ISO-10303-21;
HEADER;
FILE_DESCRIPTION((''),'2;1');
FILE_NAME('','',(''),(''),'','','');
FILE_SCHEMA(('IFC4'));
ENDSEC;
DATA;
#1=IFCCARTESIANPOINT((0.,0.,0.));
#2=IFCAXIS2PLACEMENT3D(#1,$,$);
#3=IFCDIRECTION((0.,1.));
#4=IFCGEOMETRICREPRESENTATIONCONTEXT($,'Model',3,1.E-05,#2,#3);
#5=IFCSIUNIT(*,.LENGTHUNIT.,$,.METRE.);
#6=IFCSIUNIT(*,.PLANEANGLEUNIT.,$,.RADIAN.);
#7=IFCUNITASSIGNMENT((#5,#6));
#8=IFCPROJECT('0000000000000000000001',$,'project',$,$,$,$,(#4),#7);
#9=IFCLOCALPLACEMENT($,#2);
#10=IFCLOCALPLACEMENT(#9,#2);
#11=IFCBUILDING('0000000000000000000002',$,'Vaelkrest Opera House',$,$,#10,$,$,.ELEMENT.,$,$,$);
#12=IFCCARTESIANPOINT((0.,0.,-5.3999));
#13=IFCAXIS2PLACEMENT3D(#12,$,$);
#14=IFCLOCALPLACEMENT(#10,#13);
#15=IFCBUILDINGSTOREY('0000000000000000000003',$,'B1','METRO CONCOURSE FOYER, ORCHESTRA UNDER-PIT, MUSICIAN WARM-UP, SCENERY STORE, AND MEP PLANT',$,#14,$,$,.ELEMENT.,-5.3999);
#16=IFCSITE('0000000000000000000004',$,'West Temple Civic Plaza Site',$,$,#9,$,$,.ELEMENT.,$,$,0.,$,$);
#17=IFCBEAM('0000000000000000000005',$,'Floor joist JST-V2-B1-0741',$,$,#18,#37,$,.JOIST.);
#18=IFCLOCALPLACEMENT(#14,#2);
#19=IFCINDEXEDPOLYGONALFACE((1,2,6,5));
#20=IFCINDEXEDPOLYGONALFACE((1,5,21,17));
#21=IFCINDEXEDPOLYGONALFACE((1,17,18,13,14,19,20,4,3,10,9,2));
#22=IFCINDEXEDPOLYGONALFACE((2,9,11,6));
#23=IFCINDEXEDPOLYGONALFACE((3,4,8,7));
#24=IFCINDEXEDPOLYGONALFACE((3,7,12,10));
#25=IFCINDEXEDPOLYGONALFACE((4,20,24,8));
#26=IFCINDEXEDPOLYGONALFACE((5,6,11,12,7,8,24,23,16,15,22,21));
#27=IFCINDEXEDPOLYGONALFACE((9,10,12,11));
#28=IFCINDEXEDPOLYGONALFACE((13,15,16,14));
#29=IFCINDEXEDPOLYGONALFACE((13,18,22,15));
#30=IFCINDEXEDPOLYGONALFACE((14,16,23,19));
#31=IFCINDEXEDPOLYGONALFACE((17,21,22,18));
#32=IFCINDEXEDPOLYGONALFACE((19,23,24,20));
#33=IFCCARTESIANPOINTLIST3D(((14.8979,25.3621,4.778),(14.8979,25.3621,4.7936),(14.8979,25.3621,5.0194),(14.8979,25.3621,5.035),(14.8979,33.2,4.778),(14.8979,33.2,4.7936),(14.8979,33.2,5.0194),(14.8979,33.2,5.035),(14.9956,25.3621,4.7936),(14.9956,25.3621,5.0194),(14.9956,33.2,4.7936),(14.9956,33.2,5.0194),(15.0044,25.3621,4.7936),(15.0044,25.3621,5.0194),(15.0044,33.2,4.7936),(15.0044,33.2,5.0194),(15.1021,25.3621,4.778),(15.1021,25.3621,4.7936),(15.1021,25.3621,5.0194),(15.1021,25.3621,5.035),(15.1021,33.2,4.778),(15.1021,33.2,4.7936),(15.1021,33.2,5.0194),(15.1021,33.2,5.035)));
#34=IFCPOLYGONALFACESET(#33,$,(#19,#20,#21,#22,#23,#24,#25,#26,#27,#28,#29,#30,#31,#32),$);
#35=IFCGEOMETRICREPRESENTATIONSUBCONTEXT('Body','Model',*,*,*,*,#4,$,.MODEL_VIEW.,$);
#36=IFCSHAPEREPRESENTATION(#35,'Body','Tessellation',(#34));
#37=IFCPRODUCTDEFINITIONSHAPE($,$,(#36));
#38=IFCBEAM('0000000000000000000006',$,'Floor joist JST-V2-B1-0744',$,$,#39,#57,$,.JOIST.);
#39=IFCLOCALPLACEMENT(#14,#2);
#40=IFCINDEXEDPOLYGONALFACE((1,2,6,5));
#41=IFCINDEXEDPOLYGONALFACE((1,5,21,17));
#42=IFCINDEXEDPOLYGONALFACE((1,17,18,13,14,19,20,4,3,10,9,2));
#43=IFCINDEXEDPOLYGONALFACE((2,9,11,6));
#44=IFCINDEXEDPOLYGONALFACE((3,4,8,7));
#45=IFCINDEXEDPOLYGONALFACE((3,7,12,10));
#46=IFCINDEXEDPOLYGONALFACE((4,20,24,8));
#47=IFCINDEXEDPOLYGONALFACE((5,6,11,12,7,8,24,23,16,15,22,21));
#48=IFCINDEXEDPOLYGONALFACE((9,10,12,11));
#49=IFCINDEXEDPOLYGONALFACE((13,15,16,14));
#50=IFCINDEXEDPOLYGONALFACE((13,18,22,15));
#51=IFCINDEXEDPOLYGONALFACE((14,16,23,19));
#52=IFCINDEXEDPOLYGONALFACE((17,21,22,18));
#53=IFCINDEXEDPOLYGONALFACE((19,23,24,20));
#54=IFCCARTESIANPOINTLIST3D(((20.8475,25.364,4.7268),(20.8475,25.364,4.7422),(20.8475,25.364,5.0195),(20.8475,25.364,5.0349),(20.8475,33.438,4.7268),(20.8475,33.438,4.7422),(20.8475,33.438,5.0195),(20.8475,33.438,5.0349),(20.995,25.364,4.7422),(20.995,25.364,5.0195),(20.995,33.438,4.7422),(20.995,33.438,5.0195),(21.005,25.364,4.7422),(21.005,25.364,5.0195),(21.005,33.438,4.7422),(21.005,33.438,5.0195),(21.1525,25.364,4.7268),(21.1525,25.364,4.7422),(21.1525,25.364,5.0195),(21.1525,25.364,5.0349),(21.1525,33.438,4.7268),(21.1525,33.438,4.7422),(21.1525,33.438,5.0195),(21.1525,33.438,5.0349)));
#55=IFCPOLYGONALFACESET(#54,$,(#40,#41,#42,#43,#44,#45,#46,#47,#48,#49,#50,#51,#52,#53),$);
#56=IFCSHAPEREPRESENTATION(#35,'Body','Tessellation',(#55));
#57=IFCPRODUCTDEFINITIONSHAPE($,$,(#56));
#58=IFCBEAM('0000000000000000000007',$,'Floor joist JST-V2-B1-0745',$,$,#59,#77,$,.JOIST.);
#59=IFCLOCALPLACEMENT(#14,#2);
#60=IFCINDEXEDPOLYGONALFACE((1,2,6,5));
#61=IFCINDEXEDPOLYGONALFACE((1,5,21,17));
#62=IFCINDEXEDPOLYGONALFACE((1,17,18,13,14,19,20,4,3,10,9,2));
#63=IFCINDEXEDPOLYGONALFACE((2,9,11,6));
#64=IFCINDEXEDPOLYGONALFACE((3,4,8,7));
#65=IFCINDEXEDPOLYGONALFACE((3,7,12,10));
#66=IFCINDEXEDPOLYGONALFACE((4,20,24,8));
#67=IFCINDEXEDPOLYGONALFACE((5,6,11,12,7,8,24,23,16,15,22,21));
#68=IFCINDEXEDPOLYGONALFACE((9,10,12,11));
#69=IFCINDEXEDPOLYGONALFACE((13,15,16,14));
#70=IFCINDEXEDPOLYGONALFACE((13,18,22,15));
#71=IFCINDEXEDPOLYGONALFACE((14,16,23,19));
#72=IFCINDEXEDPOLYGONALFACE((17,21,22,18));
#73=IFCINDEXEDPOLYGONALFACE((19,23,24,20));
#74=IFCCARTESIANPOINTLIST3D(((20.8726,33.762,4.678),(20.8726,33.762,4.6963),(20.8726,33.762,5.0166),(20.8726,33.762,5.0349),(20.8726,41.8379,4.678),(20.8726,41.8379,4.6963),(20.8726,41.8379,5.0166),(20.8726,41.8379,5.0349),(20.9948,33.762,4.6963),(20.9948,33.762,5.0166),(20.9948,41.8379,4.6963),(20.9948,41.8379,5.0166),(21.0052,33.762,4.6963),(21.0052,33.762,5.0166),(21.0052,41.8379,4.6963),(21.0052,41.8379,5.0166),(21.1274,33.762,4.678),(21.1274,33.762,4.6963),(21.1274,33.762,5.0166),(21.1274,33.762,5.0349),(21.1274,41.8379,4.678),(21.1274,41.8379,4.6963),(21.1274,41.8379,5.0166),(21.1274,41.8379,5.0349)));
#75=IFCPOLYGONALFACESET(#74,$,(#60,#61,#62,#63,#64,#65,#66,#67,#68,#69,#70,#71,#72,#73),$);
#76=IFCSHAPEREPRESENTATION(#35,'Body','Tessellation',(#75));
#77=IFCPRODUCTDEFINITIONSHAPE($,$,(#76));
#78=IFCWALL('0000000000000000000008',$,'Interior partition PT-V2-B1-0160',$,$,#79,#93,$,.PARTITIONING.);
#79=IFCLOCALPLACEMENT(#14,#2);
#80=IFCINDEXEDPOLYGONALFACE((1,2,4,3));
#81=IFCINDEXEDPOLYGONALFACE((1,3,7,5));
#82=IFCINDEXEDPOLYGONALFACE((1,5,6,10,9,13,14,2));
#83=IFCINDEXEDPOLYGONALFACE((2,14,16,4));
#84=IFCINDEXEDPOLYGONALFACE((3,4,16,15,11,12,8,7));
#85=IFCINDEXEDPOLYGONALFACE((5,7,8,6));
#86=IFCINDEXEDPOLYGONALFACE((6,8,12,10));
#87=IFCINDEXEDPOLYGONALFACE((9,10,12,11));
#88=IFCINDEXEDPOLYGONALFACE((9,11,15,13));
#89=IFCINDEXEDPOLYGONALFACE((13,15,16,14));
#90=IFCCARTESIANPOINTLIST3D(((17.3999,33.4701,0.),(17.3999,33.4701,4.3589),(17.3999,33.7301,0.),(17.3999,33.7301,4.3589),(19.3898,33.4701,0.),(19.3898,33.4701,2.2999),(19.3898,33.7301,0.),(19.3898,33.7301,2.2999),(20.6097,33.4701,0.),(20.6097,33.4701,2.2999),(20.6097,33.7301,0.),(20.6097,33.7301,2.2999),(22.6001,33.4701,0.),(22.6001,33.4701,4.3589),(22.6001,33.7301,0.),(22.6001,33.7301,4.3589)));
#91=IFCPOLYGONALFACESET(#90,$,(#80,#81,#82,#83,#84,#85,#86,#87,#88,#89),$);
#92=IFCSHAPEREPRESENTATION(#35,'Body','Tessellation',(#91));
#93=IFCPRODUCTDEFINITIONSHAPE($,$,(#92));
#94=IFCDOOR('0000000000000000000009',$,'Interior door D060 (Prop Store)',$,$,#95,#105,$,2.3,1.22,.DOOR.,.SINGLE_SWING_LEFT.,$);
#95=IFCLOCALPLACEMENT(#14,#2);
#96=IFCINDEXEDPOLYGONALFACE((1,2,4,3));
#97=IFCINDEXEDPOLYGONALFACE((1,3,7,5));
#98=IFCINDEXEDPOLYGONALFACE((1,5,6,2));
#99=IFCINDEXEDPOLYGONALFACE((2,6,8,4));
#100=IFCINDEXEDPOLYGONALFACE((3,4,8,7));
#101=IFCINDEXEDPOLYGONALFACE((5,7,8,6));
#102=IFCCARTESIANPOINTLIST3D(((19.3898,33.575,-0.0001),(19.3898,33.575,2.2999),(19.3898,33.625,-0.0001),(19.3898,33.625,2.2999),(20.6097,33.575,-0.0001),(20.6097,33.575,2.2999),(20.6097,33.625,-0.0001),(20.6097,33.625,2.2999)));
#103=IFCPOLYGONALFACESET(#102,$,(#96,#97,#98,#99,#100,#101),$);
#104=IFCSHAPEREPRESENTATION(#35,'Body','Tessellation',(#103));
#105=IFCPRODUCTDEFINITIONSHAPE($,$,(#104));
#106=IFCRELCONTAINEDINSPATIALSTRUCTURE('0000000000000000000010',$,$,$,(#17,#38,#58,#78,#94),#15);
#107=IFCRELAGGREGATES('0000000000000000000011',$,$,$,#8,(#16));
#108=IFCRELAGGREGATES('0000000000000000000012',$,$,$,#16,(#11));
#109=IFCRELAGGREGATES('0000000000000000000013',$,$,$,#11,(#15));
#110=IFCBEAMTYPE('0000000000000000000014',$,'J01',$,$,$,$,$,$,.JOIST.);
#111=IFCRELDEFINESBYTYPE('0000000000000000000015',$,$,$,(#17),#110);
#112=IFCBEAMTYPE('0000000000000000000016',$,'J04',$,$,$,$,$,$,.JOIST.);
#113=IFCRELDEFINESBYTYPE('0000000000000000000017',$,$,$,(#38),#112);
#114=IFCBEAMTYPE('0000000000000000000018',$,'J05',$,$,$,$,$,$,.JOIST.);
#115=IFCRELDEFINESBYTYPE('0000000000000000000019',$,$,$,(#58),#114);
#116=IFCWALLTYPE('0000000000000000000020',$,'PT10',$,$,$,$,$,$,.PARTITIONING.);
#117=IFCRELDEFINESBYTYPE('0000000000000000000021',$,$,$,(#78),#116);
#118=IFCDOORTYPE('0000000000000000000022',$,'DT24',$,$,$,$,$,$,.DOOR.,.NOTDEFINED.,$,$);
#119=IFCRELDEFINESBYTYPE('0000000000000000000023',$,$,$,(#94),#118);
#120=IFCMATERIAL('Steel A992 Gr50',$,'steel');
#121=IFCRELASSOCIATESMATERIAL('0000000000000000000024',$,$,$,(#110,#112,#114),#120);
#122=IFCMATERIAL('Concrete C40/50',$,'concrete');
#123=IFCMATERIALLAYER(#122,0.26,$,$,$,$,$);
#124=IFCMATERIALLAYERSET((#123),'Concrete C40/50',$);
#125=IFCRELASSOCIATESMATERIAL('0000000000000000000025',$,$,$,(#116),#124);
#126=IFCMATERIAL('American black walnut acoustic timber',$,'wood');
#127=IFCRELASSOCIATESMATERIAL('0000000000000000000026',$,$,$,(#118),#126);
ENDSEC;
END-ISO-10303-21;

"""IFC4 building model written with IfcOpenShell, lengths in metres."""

from ifc_helpers import new_model, si_unit, direction, frame, frame_2d, origin, origin_2d, place, context, subcontext, project, spatial, rectangle, i_section, extrude, material, layer, layer_set, material_profile, profile_set, type_object, element, fill, save


model = new_model("IFC4")

# Units and contexts
model_context = context("Model", 3, precision=1e-05, world=origin(), true_north=direction((0.0, 1.0)))
body_context = subcontext(model_context, "Body", "Model", "MODEL_VIEW")
ifc_project = project(units=[si_unit("LENGTHUNIT", "METRE"), si_unit("PLANEANGLEUNIT", "RADIAN")], contexts=[model_context])

# Site, building, storey
site_placement = place(None, origin())
site = spatial("IfcSite", under=ifc_project, at=site_placement, Name="West Temple Civic Plaza Site", CompositionType="ELEMENT", RefElevation=0.0)
building_placement = place(site_placement, origin())
building = spatial("IfcBuilding", under=site, at=building_placement, Name="Vaelkrest Opera House", CompositionType="ELEMENT")
storey_placement = place(building_placement, frame((0.0, 0.0, -5.3999)))
storey = spatial("IfcBuildingStorey", under=building, at=storey_placement, Name="B1", Description="METRO CONCOURSE FOYER, ORCHESTRA UNDER-PIT, MUSICIAN WARM-UP, SCENERY STORE, AND MEP PLANT", CompositionType="ELEMENT", Elevation=-5.3999)

# Shared definitions
ifc_material_1 = material(Name="Concrete C40/50", Category="concrete")

# Beams
ifc_material_2 = material(Name="Steel A992 Gr50", Category="steel")
ifc_material_profile_1 = material_profile(ifc_material_2, i_section(OverallWidth=0.2041, OverallDepth=0.2571, WebThickness=0.0088, FlangeThickness=0.0156, at=origin_2d()), Name="W10X45")
ifc_profile_set_1 = profile_set([ifc_material_profile_1], Name="Steel A992 Gr50")
beam_type_1 = type_object("IfcBeamType", Name="J01", PredefinedType="JOIST", material=ifc_profile_set_1)
beam_1_placement = place(storey_placement, frame((15.0, 25.3621, 4.9065), z_axis=(0.0, 1.0, 0.0), x_axis=(-1.0, 0.0, 0.0)))
element("IfcBeam", 1, at=beam_1_placement, inside=storey, type_object=beam_type_1, Name="Floor joist JST-V2-B1-0741", PredefinedType="JOIST", context=body_context, shape_type="SweptSolid", body=[
    extrude(i_section(OverallWidth=0.2041, OverallDepth=0.2571, WebThickness=0.0088, FlangeThickness=0.0156, at=origin_2d()), origin(), (0.0, 0.0, 1.0), 7.8379),
])
ifc_material_profile_2 = material_profile(ifc_material_2, i_section(OverallWidth=0.3049, OverallDepth=0.3081, WebThickness=0.01, FlangeThickness=0.0154, at=origin_2d()), Name="W12X65")
ifc_profile_set_2 = profile_set([ifc_material_profile_2], Name="Steel A992 Gr50")
beam_type_2 = type_object("IfcBeamType", Name="J04", PredefinedType="JOIST", material=ifc_profile_set_2)
beam_2_placement = place(storey_placement, frame((21.0, 25.364, 4.8809), z_axis=(0.0, 1.0, 0.0), x_axis=(-1.0, 0.0, 0.0)))
element("IfcBeam", 2, at=beam_2_placement, inside=storey, type_object=beam_type_2, Name="Floor joist JST-V2-B1-0744", PredefinedType="JOIST", context=body_context, shape_type="SweptSolid", body=[
    extrude(i_section(OverallWidth=0.3049, OverallDepth=0.3081, WebThickness=0.01, FlangeThickness=0.0154, at=origin_2d()), origin(), (0.0, 0.0, 1.0), 8.074),
])
ifc_material_profile_3 = material_profile(ifc_material_2, i_section(OverallWidth=0.2549, OverallDepth=0.3569, WebThickness=0.0105, FlangeThickness=0.0183, at=origin_2d()), Name="W14X68")
ifc_profile_set_3 = profile_set([ifc_material_profile_3], Name="Steel A992 Gr50")
beam_type_3 = type_object("IfcBeamType", Name="J05", PredefinedType="JOIST", material=ifc_profile_set_3)
beam_3_placement = place(storey_placement, frame((21.0, 33.762, 4.8564), z_axis=(0.0, 1.0, 0.0), x_axis=(-1.0, 0.0, 0.0)))
element("IfcBeam", 3, at=beam_3_placement, inside=storey, type_object=beam_type_3, Name="Floor joist JST-V2-B1-0745", PredefinedType="JOIST", context=body_context, shape_type="SweptSolid", body=[
    extrude(i_section(OverallWidth=0.2549, OverallDepth=0.3569, WebThickness=0.0105, FlangeThickness=0.0183, at=origin_2d()), origin(), (0.0, 0.0, 1.0), 8.0759),
])

# Wall, opening, door
ifc_layer = layer(ifc_material_1, 0.26)
ifc_layer_set = layer_set([ifc_layer], Name="Concrete C40/50")
wall_type = type_object("IfcWallType", Name="PT10", PredefinedType="PARTITIONING", material=ifc_layer_set)
wall_placement = place(storey_placement, frame((17.3999, 33.6001, 0.0), z_axis=(0.0, 0.0, 1.0), x_axis=(1.0, 0.0, 0.0)))
wall = element("IfcWall", 4, at=wall_placement, inside=storey, type_object=wall_type, Name="Interior partition PT-V2-B1-0160", PredefinedType="PARTITIONING", context=body_context, shape_type="SweptSolid", body=[
    extrude(rectangle(XDim=5.2002, YDim=0.26, at=frame_2d((2.6001, 0.0))), origin(), (0.0, 0.0, 1.0), 4.3589),
])
opening_placement = place(wall_placement, frame((1.99, 0.0, 0.0)))
opening = element("IfcOpeningElement", 5, at=opening_placement, cuts=wall, PredefinedType="OPENING", context=body_context, shape_type="SweptSolid", body=[
    extrude(rectangle(XDim=1.22, YDim=2.3, at=frame_2d((0.6099, 1.1499))), frame((0.0, 0.1399, 0.0), z_axis=(0.0, -1.0, 0.0), x_axis=(1.0, 0.0, 0.0)), (0.0, 0.0, 1.0), 0.28),
])
ifc_material_3 = material(Name="American black walnut acoustic timber", Category="wood")
door_type = type_object("IfcDoorType", Name="DT24", OperationType="NOTDEFINED", PredefinedType="DOOR", material=ifc_material_3)
door_placement = place(opening_placement, origin())
door = element("IfcDoor", 6, at=door_placement, inside=storey, type_object=door_type, Name="Interior door D060 (Prop Store)", OperationType="SINGLE_SWING_LEFT", OverallHeight=2.3, OverallWidth=1.22, PredefinedType="DOOR", context=body_context, shape_type="SweptSolid", body=[
    extrude(rectangle(XDim=1.22, YDim=2.3, at=frame_2d((0.6099, 1.1499))), frame((0.0, 0.0249, 0.0), z_axis=(0.0, -1.0, 0.0), x_axis=(1.0, 0.0, 0.0)), (0.0, 0.0, 1.0), 0.05),
])
fill(opening, door)

save(model, "model.ifc")
